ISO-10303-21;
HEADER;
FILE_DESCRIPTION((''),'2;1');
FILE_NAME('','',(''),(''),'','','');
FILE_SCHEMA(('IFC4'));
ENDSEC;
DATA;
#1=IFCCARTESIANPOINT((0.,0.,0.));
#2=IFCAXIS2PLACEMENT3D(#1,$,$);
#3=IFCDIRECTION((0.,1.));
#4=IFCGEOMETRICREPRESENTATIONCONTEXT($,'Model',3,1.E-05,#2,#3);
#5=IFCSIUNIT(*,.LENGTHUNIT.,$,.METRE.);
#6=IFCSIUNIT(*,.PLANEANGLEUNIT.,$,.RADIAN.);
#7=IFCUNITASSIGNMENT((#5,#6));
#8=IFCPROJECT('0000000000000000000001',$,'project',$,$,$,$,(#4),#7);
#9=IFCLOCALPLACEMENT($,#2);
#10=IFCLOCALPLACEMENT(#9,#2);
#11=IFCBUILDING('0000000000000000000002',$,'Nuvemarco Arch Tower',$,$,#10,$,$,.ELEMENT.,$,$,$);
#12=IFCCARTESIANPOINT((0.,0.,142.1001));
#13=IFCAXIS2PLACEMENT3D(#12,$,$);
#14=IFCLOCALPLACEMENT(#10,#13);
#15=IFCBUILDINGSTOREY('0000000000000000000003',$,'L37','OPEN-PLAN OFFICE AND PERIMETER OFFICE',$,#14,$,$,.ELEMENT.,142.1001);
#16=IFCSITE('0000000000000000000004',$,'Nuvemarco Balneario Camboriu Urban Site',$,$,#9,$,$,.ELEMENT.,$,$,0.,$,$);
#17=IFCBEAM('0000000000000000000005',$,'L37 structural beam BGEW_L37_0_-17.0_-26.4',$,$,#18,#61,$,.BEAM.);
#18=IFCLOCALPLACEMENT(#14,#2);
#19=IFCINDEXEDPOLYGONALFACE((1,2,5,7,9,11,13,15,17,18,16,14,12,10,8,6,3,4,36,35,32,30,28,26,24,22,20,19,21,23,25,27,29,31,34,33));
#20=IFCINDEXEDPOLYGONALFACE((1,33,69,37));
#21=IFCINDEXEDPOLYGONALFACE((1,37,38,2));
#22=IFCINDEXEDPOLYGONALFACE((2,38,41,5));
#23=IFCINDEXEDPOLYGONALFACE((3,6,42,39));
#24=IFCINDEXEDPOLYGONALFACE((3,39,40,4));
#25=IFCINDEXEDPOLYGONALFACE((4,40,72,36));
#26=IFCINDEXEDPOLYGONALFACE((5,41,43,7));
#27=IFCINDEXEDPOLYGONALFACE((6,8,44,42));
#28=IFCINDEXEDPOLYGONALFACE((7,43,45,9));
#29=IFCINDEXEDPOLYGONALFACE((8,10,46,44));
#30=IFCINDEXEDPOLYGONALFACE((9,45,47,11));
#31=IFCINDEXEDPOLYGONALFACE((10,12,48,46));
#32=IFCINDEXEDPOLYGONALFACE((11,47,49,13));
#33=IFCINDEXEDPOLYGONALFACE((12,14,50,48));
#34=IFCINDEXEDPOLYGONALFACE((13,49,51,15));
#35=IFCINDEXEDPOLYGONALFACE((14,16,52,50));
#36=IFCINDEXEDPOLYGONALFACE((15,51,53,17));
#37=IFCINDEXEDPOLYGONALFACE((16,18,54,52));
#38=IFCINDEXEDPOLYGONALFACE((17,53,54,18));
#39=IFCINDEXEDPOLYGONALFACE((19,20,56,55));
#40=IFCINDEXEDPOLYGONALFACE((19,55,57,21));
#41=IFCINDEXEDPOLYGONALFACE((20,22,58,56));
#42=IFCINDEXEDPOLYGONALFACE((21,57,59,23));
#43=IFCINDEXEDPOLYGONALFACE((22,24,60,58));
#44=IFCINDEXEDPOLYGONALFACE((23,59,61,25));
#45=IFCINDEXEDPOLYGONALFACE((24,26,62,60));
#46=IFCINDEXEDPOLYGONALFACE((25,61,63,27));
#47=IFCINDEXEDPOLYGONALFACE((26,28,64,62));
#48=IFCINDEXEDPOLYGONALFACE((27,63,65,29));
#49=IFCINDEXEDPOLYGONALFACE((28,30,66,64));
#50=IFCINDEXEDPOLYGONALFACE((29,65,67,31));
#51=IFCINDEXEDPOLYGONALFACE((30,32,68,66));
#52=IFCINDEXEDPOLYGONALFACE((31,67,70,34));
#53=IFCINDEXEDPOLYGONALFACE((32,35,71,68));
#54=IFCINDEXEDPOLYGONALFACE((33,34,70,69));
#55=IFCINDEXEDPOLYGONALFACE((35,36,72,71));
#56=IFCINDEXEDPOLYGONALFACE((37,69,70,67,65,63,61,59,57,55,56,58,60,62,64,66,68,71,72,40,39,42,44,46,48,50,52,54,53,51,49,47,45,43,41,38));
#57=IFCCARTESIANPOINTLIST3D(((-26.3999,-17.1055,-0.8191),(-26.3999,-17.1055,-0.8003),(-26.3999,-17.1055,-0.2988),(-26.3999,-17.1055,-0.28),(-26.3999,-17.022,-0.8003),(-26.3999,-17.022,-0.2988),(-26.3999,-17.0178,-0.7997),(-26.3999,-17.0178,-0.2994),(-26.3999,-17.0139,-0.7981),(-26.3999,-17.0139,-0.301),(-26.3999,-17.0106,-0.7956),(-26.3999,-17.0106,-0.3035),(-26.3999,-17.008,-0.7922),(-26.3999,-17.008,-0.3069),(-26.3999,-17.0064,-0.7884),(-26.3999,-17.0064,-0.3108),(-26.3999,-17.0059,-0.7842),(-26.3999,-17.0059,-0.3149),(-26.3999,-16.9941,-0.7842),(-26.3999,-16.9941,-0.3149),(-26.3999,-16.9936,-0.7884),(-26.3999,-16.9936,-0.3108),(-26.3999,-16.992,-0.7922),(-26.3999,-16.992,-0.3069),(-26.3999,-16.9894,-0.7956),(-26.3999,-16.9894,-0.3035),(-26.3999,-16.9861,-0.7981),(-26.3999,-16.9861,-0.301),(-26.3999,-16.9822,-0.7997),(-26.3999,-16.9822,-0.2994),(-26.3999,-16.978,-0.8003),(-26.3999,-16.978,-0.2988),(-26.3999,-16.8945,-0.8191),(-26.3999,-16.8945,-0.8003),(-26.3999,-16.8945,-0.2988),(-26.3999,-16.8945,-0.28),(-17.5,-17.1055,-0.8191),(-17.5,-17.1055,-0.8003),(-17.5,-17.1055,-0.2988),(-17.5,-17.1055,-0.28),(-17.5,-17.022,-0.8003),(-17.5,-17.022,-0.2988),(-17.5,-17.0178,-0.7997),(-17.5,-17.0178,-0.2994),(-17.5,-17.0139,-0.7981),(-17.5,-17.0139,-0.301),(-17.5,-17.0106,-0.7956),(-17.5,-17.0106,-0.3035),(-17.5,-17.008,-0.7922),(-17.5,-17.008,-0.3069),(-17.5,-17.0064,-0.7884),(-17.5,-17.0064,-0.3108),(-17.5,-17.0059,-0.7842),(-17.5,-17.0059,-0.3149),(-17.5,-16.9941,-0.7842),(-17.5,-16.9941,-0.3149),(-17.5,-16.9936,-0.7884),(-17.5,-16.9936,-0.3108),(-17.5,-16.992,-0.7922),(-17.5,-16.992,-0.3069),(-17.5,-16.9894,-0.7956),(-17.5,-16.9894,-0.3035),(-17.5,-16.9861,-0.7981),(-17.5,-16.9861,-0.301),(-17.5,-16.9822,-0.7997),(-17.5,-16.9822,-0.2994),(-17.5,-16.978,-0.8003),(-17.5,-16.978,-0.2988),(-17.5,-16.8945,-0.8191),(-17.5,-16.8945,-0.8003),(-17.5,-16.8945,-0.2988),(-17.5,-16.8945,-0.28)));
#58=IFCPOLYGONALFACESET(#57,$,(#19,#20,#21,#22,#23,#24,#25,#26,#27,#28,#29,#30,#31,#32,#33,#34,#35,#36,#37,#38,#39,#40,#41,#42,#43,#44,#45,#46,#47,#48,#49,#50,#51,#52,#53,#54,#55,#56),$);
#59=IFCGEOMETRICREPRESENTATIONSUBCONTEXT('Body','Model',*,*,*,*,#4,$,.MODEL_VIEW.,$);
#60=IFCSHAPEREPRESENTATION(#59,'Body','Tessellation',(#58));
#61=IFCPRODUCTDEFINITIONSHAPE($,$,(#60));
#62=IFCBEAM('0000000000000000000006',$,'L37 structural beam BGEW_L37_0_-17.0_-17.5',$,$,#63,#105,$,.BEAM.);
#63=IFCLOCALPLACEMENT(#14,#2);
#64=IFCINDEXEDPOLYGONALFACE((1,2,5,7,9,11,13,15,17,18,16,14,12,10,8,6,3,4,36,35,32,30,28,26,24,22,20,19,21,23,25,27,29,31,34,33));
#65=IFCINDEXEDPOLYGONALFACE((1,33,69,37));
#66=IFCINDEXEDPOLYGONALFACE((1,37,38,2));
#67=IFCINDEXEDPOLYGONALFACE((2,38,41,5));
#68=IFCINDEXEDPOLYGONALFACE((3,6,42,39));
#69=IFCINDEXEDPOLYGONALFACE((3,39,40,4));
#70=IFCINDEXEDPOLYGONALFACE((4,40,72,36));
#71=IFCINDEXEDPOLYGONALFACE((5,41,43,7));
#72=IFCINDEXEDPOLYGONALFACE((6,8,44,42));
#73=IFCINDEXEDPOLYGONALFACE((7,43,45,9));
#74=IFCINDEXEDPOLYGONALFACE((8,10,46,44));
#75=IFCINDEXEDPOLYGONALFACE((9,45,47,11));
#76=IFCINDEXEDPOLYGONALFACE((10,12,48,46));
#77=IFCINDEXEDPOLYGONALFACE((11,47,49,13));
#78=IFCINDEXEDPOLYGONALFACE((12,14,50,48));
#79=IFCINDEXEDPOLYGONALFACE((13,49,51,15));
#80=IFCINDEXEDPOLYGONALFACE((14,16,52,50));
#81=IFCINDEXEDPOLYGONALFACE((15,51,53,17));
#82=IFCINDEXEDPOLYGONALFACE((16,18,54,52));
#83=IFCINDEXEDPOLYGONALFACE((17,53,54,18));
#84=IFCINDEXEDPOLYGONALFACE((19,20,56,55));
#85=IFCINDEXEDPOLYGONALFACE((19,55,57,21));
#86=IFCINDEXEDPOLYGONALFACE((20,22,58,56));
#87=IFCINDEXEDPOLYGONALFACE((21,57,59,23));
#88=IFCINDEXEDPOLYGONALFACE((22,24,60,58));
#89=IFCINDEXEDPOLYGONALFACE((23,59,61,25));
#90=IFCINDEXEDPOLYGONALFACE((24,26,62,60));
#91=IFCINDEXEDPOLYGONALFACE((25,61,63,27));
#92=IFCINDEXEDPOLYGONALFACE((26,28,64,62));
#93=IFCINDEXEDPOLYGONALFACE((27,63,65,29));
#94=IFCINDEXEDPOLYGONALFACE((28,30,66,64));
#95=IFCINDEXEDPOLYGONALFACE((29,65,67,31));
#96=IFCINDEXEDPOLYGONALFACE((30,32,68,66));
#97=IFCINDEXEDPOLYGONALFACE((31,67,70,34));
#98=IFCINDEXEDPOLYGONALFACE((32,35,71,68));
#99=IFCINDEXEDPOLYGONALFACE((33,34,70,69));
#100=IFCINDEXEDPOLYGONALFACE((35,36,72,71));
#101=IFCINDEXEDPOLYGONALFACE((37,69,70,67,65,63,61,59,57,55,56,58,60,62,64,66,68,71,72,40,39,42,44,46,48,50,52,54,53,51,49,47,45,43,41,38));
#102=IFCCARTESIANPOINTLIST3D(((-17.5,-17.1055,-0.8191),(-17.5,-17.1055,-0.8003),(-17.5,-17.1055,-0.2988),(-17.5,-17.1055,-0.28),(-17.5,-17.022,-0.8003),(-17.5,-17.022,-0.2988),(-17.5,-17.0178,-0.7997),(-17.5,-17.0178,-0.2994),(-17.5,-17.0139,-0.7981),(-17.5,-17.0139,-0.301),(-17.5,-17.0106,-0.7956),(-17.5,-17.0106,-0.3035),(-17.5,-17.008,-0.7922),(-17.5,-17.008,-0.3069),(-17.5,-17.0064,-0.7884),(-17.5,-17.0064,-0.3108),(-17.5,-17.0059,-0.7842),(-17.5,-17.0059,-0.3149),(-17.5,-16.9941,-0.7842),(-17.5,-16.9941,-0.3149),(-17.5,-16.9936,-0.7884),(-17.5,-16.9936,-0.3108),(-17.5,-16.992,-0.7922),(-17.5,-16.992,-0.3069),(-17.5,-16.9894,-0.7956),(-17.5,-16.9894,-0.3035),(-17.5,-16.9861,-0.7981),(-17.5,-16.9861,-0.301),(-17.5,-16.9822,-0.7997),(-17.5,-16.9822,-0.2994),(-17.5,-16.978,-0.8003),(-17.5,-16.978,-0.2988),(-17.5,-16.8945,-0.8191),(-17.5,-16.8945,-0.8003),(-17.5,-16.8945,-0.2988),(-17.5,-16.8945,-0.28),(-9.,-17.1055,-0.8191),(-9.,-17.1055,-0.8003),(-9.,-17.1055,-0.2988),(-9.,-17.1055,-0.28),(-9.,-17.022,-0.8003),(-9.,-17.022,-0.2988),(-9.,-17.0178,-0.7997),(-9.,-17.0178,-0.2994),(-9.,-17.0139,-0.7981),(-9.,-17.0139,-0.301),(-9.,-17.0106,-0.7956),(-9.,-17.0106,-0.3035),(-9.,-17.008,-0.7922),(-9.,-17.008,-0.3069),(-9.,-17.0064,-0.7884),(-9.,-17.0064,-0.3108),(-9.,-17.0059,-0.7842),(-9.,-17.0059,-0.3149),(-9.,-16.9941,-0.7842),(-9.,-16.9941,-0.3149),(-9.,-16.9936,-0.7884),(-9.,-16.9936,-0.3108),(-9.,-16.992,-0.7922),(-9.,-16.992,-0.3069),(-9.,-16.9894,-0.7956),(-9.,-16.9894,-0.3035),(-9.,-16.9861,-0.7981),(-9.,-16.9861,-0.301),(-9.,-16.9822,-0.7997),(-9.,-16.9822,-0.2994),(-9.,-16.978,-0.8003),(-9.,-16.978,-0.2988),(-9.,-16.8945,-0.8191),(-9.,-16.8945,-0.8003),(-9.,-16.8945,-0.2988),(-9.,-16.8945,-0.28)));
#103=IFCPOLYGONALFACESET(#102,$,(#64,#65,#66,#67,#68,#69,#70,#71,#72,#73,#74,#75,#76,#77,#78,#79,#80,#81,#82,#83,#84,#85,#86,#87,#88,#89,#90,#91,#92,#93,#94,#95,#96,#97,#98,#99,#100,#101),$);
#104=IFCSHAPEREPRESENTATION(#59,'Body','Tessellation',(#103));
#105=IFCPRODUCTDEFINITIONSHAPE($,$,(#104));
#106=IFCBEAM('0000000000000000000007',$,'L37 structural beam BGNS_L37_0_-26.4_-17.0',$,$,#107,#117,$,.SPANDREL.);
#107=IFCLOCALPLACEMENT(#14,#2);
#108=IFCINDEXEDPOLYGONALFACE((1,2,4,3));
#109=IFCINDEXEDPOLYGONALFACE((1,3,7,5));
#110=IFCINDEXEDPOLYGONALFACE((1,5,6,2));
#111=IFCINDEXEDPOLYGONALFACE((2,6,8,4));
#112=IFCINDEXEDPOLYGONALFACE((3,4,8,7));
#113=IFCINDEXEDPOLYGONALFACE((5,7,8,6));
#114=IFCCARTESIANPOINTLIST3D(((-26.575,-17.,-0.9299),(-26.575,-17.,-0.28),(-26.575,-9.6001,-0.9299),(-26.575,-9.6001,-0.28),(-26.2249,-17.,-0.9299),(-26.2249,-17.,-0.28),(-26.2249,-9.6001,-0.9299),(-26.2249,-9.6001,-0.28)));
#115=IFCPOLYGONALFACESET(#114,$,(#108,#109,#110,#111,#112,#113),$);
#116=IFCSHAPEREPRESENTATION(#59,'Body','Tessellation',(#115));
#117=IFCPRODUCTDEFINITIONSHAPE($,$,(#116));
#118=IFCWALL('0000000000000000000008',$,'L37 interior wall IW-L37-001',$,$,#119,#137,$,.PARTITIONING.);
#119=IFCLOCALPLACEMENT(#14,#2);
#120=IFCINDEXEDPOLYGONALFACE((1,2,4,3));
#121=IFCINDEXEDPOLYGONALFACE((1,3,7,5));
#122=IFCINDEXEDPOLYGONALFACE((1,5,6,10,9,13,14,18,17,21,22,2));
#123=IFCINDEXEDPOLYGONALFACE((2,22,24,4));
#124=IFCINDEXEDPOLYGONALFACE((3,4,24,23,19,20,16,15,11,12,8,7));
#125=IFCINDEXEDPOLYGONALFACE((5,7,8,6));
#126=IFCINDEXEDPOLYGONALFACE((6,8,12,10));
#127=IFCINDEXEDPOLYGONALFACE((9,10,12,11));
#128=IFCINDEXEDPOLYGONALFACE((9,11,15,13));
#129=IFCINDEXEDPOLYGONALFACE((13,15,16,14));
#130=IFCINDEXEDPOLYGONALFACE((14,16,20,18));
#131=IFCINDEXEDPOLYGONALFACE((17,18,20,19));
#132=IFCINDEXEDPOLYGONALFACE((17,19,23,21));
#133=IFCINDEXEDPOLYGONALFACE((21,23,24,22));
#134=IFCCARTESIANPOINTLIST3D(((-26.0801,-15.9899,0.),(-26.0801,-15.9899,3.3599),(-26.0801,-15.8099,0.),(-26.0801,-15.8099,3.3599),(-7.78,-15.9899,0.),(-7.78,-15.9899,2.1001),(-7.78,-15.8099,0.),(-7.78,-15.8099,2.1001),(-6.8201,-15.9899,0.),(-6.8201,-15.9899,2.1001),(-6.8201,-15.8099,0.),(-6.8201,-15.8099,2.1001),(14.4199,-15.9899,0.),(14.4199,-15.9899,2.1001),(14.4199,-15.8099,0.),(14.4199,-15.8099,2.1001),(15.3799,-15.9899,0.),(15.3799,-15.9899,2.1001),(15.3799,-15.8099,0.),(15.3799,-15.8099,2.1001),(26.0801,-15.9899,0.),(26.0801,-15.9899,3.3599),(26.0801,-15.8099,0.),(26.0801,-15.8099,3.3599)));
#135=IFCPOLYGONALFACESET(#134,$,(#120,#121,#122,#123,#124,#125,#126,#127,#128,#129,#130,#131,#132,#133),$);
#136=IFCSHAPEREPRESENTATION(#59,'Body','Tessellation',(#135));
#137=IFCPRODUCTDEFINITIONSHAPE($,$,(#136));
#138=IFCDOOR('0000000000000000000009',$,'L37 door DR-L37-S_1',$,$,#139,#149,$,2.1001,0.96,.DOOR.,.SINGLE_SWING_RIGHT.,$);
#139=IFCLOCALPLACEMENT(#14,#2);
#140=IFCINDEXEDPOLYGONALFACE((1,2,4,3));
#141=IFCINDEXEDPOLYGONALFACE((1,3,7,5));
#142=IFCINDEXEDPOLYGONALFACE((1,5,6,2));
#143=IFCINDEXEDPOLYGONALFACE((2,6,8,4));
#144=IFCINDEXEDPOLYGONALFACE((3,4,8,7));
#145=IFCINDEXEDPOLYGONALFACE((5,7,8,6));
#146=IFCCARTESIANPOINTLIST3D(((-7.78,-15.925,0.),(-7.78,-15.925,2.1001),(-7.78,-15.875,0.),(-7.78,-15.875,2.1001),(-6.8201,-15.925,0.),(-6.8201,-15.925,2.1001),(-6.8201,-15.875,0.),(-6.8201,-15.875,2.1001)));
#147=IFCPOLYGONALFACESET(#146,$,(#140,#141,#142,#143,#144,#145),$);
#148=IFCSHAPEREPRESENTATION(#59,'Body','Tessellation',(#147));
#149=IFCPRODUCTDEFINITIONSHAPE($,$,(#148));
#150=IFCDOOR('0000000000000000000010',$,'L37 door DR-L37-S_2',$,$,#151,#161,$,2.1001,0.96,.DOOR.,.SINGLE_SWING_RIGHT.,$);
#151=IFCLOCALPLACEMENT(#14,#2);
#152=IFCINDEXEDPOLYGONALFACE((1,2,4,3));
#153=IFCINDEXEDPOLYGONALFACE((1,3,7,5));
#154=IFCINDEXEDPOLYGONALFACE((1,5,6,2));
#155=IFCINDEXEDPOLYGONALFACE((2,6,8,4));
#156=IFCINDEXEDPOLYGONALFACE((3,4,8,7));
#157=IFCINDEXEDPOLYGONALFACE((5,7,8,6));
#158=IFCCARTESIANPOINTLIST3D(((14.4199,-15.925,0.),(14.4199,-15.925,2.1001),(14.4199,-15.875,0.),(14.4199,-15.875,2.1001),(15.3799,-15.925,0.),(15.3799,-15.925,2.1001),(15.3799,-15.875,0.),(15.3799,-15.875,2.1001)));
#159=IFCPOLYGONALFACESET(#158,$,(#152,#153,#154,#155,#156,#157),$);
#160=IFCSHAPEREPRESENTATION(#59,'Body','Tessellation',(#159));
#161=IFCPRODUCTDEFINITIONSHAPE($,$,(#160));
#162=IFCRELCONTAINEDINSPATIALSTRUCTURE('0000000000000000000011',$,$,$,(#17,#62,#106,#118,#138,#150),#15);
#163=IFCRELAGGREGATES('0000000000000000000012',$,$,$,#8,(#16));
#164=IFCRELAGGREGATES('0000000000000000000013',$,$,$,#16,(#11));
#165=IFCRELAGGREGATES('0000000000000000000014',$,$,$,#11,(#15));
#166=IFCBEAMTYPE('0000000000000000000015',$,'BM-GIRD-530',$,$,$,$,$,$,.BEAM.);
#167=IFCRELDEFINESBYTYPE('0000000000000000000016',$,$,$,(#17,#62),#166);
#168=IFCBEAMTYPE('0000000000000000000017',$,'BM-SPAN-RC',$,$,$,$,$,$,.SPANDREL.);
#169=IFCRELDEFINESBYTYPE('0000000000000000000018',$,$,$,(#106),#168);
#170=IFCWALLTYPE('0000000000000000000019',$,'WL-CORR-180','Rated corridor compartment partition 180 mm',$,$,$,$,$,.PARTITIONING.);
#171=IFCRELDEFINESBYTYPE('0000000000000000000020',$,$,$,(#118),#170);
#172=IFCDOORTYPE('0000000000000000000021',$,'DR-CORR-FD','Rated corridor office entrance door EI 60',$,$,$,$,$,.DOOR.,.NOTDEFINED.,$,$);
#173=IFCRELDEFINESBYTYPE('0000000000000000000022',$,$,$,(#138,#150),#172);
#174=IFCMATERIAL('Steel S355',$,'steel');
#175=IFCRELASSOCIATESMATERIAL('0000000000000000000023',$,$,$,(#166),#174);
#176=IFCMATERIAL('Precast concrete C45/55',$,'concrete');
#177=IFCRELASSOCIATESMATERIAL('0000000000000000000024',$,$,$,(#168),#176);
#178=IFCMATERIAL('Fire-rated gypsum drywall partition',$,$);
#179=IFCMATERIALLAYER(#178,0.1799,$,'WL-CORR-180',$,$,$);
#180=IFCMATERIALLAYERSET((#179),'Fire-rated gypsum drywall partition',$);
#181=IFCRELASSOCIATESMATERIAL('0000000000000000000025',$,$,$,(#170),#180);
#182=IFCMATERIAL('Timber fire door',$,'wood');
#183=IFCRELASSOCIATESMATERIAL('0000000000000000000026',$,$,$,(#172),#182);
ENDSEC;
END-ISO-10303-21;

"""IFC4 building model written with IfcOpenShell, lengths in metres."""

from ifc_helpers import new_model, si_unit, direction, frame, frame_2d, origin, origin_2d, place, context, subcontext, project, spatial, rectangle, i_section, extrude, source, transform, mapped, material, layer, layer_set, material_profile, profile_set, type_object, type_shapes, element, fill, save


model = new_model("IFC4")

# Units and contexts
model_context = context("Model", 3, precision=1e-05, world=origin(), true_north=direction((0.0, 1.0)))
body_context = subcontext(model_context, "Body", "Model", "MODEL_VIEW")
ifc_project = project(units=[si_unit("LENGTHUNIT", "METRE"), si_unit("PLANEANGLEUNIT", "RADIAN")], contexts=[model_context])

# Site, building, storey
site_placement = place(None, origin())
site = spatial("IfcSite", under=ifc_project, at=site_placement, Name="Nuvemarco Balneario Camboriu Urban Site", CompositionType="ELEMENT", RefElevation=0.0)
building_placement = place(site_placement, origin())
building = spatial("IfcBuilding", under=site, at=building_placement, Name="Nuvemarco Arch Tower", CompositionType="ELEMENT")
storey_placement = place(building_placement, frame((0.0, 0.0, 142.1001)))
storey = spatial("IfcBuildingStorey", under=building, at=storey_placement, Name="L37", Description="OPEN-PLAN OFFICE AND PERIMETER OFFICE", CompositionType="ELEMENT", Elevation=142.1001)

# Shared definitions
ifc_material_1 = material(Name="Steel S355", Category="steel")

# Beams
ifc_material_profile_1 = material_profile(ifc_material_1, i_section(OverallWidth=0.2109, OverallDepth=0.5391, WebThickness=0.0117, FlangeThickness=0.0188, FilletRadius=0.0161, at=origin_2d()), Name="W530x109")
ifc_profile_set_1 = profile_set([ifc_material_profile_1], Name="Steel S355")
beam_type_1 = type_object("IfcBeamType", Name="BM-GIRD-530", PredefinedType="BEAM", material=ifc_profile_set_1)
beam_1_placement = place(storey_placement, frame((-26.3999, -17.0, -0.5496), z_axis=(1.0, 0.0, 0.0), x_axis=(0.0, 1.0, 0.0)))
element("IfcBeam", 1, at=beam_1_placement, inside=storey, type_object=beam_type_1, Name="L37 structural beam BGEW_L37_0_-17.0_-26.4", PredefinedType="BEAM", context=body_context, shape_type="SweptSolid", body=[
    extrude(i_section(OverallWidth=0.2109, OverallDepth=0.5391, WebThickness=0.0117, FlangeThickness=0.0188, FilletRadius=0.0161, at=origin_2d()), origin(), (0.0, 0.0, 1.0), 8.8999),
])
beam_2_placement = place(storey_placement, frame((-17.5, -17.0, -0.5496), z_axis=(1.0, 0.0, 0.0), x_axis=(0.0, 1.0, 0.0)))
element("IfcBeam", 2, at=beam_2_placement, inside=storey, type_object=beam_type_1, Name="L37 structural beam BGEW_L37_0_-17.0_-17.5", PredefinedType="BEAM", context=body_context, shape_type="SweptSolid", body=[
    extrude(i_section(OverallWidth=0.2109, OverallDepth=0.5391, WebThickness=0.0117, FlangeThickness=0.0188, FilletRadius=0.0161, at=origin_2d()), origin(), (0.0, 0.0, 1.0), 8.5),
])
ifc_material_2 = material(Name="Precast concrete C45/55", Category="concrete")
ifc_material_profile_2 = material_profile(ifc_material_2, rectangle(XDim=0.3501, YDim=0.6499, at=origin_2d()), Name="PC-SP-350x650")
ifc_profile_set_2 = profile_set([ifc_material_profile_2], Name="Precast concrete C45/55")
beam_type_2 = type_object("IfcBeamType", Name="BM-SPAN-RC", PredefinedType="SPANDREL", material=ifc_profile_set_2)
beam_3_placement = place(storey_placement, frame((-26.3999, -17.0, -0.605), z_axis=(0.0, 1.0, 0.0), x_axis=(-1.0, 0.0, 0.0)))
element("IfcBeam", 3, at=beam_3_placement, inside=storey, type_object=beam_type_2, Name="L37 structural beam BGNS_L37_0_-26.4_-17.0", PredefinedType="SPANDREL", context=body_context, shape_type="SweptSolid", body=[
    extrude(rectangle(XDim=0.3501, YDim=0.6499, at=origin_2d()), origin(), (0.0, 0.0, 1.0), 7.3999),
])

# Wall, openings, doors
ifc_material_3 = material(Name="Fire-rated gypsum drywall partition")
ifc_layer = layer(ifc_material_3, 0.1799, Name="WL-CORR-180")
ifc_layer_set = layer_set([ifc_layer], Name="Fire-rated gypsum drywall partition")
wall_type = type_object("IfcWallType", Name="WL-CORR-180", Description="Rated corridor compartment partition 180 mm", PredefinedType="PARTITIONING", material=ifc_layer_set)
wall_1_placement = place(storey_placement, frame((-26.0801, -15.8999, 0.0), z_axis=(0.0, 0.0, 1.0), x_axis=(1.0, 0.0, 0.0)))
wall_1 = element("IfcWall", 4, at=wall_1_placement, inside=storey, type_object=wall_type, Name="L37 interior wall IW-L37-001", PredefinedType="PARTITIONING", context=body_context, shape_type="SweptSolid", body=[
    extrude(rectangle(XDim=52.1602, YDim=0.1799, at=frame_2d((26.0801, 0.0))), origin(), (0.0, 0.0, 1.0), 3.3599),
])
opening_1_placement = place(wall_1_placement, frame((18.3, 0.0, 0.0)))
opening_1 = element("IfcOpeningElement", 5, at=opening_1_placement, cuts=wall_1, PredefinedType="OPENING", context=body_context, shape_type="SweptSolid", body=[
    extrude(rectangle(XDim=0.96, YDim=2.1001, at=frame_2d((0.48, 1.05))), frame((0.0, 0.0999, 0.0), z_axis=(0.0, -1.0, 0.0), x_axis=(1.0, 0.0, 0.0)), (0.0, 0.0, 1.0), 0.2),
])
opening_2_placement = place(wall_1_placement, frame((40.5, 0.0, 0.0)))
opening_2 = element("IfcOpeningElement", 6, at=opening_2_placement, cuts=wall_1, PredefinedType="OPENING", context=body_context, shape_type="SweptSolid", body=[
    extrude(rectangle(XDim=0.96, YDim=2.1001, at=frame_2d((0.48, 1.05))), frame((0.0, 0.0999, 0.0), z_axis=(0.0, -1.0, 0.0), x_axis=(1.0, 0.0, 0.0)), (0.0, 0.0, 1.0), 0.2),
])
ifc_material_4 = material(Name="Timber fire door", Category="wood")
door_type = type_object("IfcDoorType", Name="DR-CORR-FD", Description="Rated corridor office entrance door EI 60", OperationType="NOTDEFINED", PredefinedType="DOOR", material=ifc_material_4)
shared_shape = source(origin(), body_context, "Body", "SweptSolid", [
    extrude(rectangle(XDim=0.96, YDim=2.1001, at=frame_2d((0.48, 1.05))), frame((0.0, 0.0249, 0.0), z_axis=(0.0, -1.0, 0.0), x_axis=(1.0, 0.0, 0.0)), (0.0, 0.0, 1.0), 0.05),
])
type_shapes(door_type, [shared_shape])
door_1_placement = place(opening_1_placement, origin())
door_1 = element("IfcDoor", 7, at=door_1_placement, inside=storey, type_object=door_type, Name="L37 door DR-L37-S_1", OperationType="SINGLE_SWING_RIGHT", OverallHeight=2.1001, OverallWidth=0.96, PredefinedType="DOOR", context=body_context, shape_type="MappedRepresentation", body=[
    mapped(shared_shape, transform((0.0, 0.0, 0.0), scale=1.0)),
])
fill(opening_1, door_1)
door_2_placement = place(opening_2_placement, origin())
door_2 = element("IfcDoor", 8, at=door_2_placement, inside=storey, type_object=door_type, Name="L37 door DR-L37-S_2", OperationType="SINGLE_SWING_RIGHT", OverallHeight=2.1001, OverallWidth=0.96, PredefinedType="DOOR", context=body_context, shape_type="MappedRepresentation", body=[
    mapped(shared_shape, transform((0.0, 0.0, 0.0), scale=1.0)),
])
fill(opening_2, door_2)

save(model, "model.ifc")
